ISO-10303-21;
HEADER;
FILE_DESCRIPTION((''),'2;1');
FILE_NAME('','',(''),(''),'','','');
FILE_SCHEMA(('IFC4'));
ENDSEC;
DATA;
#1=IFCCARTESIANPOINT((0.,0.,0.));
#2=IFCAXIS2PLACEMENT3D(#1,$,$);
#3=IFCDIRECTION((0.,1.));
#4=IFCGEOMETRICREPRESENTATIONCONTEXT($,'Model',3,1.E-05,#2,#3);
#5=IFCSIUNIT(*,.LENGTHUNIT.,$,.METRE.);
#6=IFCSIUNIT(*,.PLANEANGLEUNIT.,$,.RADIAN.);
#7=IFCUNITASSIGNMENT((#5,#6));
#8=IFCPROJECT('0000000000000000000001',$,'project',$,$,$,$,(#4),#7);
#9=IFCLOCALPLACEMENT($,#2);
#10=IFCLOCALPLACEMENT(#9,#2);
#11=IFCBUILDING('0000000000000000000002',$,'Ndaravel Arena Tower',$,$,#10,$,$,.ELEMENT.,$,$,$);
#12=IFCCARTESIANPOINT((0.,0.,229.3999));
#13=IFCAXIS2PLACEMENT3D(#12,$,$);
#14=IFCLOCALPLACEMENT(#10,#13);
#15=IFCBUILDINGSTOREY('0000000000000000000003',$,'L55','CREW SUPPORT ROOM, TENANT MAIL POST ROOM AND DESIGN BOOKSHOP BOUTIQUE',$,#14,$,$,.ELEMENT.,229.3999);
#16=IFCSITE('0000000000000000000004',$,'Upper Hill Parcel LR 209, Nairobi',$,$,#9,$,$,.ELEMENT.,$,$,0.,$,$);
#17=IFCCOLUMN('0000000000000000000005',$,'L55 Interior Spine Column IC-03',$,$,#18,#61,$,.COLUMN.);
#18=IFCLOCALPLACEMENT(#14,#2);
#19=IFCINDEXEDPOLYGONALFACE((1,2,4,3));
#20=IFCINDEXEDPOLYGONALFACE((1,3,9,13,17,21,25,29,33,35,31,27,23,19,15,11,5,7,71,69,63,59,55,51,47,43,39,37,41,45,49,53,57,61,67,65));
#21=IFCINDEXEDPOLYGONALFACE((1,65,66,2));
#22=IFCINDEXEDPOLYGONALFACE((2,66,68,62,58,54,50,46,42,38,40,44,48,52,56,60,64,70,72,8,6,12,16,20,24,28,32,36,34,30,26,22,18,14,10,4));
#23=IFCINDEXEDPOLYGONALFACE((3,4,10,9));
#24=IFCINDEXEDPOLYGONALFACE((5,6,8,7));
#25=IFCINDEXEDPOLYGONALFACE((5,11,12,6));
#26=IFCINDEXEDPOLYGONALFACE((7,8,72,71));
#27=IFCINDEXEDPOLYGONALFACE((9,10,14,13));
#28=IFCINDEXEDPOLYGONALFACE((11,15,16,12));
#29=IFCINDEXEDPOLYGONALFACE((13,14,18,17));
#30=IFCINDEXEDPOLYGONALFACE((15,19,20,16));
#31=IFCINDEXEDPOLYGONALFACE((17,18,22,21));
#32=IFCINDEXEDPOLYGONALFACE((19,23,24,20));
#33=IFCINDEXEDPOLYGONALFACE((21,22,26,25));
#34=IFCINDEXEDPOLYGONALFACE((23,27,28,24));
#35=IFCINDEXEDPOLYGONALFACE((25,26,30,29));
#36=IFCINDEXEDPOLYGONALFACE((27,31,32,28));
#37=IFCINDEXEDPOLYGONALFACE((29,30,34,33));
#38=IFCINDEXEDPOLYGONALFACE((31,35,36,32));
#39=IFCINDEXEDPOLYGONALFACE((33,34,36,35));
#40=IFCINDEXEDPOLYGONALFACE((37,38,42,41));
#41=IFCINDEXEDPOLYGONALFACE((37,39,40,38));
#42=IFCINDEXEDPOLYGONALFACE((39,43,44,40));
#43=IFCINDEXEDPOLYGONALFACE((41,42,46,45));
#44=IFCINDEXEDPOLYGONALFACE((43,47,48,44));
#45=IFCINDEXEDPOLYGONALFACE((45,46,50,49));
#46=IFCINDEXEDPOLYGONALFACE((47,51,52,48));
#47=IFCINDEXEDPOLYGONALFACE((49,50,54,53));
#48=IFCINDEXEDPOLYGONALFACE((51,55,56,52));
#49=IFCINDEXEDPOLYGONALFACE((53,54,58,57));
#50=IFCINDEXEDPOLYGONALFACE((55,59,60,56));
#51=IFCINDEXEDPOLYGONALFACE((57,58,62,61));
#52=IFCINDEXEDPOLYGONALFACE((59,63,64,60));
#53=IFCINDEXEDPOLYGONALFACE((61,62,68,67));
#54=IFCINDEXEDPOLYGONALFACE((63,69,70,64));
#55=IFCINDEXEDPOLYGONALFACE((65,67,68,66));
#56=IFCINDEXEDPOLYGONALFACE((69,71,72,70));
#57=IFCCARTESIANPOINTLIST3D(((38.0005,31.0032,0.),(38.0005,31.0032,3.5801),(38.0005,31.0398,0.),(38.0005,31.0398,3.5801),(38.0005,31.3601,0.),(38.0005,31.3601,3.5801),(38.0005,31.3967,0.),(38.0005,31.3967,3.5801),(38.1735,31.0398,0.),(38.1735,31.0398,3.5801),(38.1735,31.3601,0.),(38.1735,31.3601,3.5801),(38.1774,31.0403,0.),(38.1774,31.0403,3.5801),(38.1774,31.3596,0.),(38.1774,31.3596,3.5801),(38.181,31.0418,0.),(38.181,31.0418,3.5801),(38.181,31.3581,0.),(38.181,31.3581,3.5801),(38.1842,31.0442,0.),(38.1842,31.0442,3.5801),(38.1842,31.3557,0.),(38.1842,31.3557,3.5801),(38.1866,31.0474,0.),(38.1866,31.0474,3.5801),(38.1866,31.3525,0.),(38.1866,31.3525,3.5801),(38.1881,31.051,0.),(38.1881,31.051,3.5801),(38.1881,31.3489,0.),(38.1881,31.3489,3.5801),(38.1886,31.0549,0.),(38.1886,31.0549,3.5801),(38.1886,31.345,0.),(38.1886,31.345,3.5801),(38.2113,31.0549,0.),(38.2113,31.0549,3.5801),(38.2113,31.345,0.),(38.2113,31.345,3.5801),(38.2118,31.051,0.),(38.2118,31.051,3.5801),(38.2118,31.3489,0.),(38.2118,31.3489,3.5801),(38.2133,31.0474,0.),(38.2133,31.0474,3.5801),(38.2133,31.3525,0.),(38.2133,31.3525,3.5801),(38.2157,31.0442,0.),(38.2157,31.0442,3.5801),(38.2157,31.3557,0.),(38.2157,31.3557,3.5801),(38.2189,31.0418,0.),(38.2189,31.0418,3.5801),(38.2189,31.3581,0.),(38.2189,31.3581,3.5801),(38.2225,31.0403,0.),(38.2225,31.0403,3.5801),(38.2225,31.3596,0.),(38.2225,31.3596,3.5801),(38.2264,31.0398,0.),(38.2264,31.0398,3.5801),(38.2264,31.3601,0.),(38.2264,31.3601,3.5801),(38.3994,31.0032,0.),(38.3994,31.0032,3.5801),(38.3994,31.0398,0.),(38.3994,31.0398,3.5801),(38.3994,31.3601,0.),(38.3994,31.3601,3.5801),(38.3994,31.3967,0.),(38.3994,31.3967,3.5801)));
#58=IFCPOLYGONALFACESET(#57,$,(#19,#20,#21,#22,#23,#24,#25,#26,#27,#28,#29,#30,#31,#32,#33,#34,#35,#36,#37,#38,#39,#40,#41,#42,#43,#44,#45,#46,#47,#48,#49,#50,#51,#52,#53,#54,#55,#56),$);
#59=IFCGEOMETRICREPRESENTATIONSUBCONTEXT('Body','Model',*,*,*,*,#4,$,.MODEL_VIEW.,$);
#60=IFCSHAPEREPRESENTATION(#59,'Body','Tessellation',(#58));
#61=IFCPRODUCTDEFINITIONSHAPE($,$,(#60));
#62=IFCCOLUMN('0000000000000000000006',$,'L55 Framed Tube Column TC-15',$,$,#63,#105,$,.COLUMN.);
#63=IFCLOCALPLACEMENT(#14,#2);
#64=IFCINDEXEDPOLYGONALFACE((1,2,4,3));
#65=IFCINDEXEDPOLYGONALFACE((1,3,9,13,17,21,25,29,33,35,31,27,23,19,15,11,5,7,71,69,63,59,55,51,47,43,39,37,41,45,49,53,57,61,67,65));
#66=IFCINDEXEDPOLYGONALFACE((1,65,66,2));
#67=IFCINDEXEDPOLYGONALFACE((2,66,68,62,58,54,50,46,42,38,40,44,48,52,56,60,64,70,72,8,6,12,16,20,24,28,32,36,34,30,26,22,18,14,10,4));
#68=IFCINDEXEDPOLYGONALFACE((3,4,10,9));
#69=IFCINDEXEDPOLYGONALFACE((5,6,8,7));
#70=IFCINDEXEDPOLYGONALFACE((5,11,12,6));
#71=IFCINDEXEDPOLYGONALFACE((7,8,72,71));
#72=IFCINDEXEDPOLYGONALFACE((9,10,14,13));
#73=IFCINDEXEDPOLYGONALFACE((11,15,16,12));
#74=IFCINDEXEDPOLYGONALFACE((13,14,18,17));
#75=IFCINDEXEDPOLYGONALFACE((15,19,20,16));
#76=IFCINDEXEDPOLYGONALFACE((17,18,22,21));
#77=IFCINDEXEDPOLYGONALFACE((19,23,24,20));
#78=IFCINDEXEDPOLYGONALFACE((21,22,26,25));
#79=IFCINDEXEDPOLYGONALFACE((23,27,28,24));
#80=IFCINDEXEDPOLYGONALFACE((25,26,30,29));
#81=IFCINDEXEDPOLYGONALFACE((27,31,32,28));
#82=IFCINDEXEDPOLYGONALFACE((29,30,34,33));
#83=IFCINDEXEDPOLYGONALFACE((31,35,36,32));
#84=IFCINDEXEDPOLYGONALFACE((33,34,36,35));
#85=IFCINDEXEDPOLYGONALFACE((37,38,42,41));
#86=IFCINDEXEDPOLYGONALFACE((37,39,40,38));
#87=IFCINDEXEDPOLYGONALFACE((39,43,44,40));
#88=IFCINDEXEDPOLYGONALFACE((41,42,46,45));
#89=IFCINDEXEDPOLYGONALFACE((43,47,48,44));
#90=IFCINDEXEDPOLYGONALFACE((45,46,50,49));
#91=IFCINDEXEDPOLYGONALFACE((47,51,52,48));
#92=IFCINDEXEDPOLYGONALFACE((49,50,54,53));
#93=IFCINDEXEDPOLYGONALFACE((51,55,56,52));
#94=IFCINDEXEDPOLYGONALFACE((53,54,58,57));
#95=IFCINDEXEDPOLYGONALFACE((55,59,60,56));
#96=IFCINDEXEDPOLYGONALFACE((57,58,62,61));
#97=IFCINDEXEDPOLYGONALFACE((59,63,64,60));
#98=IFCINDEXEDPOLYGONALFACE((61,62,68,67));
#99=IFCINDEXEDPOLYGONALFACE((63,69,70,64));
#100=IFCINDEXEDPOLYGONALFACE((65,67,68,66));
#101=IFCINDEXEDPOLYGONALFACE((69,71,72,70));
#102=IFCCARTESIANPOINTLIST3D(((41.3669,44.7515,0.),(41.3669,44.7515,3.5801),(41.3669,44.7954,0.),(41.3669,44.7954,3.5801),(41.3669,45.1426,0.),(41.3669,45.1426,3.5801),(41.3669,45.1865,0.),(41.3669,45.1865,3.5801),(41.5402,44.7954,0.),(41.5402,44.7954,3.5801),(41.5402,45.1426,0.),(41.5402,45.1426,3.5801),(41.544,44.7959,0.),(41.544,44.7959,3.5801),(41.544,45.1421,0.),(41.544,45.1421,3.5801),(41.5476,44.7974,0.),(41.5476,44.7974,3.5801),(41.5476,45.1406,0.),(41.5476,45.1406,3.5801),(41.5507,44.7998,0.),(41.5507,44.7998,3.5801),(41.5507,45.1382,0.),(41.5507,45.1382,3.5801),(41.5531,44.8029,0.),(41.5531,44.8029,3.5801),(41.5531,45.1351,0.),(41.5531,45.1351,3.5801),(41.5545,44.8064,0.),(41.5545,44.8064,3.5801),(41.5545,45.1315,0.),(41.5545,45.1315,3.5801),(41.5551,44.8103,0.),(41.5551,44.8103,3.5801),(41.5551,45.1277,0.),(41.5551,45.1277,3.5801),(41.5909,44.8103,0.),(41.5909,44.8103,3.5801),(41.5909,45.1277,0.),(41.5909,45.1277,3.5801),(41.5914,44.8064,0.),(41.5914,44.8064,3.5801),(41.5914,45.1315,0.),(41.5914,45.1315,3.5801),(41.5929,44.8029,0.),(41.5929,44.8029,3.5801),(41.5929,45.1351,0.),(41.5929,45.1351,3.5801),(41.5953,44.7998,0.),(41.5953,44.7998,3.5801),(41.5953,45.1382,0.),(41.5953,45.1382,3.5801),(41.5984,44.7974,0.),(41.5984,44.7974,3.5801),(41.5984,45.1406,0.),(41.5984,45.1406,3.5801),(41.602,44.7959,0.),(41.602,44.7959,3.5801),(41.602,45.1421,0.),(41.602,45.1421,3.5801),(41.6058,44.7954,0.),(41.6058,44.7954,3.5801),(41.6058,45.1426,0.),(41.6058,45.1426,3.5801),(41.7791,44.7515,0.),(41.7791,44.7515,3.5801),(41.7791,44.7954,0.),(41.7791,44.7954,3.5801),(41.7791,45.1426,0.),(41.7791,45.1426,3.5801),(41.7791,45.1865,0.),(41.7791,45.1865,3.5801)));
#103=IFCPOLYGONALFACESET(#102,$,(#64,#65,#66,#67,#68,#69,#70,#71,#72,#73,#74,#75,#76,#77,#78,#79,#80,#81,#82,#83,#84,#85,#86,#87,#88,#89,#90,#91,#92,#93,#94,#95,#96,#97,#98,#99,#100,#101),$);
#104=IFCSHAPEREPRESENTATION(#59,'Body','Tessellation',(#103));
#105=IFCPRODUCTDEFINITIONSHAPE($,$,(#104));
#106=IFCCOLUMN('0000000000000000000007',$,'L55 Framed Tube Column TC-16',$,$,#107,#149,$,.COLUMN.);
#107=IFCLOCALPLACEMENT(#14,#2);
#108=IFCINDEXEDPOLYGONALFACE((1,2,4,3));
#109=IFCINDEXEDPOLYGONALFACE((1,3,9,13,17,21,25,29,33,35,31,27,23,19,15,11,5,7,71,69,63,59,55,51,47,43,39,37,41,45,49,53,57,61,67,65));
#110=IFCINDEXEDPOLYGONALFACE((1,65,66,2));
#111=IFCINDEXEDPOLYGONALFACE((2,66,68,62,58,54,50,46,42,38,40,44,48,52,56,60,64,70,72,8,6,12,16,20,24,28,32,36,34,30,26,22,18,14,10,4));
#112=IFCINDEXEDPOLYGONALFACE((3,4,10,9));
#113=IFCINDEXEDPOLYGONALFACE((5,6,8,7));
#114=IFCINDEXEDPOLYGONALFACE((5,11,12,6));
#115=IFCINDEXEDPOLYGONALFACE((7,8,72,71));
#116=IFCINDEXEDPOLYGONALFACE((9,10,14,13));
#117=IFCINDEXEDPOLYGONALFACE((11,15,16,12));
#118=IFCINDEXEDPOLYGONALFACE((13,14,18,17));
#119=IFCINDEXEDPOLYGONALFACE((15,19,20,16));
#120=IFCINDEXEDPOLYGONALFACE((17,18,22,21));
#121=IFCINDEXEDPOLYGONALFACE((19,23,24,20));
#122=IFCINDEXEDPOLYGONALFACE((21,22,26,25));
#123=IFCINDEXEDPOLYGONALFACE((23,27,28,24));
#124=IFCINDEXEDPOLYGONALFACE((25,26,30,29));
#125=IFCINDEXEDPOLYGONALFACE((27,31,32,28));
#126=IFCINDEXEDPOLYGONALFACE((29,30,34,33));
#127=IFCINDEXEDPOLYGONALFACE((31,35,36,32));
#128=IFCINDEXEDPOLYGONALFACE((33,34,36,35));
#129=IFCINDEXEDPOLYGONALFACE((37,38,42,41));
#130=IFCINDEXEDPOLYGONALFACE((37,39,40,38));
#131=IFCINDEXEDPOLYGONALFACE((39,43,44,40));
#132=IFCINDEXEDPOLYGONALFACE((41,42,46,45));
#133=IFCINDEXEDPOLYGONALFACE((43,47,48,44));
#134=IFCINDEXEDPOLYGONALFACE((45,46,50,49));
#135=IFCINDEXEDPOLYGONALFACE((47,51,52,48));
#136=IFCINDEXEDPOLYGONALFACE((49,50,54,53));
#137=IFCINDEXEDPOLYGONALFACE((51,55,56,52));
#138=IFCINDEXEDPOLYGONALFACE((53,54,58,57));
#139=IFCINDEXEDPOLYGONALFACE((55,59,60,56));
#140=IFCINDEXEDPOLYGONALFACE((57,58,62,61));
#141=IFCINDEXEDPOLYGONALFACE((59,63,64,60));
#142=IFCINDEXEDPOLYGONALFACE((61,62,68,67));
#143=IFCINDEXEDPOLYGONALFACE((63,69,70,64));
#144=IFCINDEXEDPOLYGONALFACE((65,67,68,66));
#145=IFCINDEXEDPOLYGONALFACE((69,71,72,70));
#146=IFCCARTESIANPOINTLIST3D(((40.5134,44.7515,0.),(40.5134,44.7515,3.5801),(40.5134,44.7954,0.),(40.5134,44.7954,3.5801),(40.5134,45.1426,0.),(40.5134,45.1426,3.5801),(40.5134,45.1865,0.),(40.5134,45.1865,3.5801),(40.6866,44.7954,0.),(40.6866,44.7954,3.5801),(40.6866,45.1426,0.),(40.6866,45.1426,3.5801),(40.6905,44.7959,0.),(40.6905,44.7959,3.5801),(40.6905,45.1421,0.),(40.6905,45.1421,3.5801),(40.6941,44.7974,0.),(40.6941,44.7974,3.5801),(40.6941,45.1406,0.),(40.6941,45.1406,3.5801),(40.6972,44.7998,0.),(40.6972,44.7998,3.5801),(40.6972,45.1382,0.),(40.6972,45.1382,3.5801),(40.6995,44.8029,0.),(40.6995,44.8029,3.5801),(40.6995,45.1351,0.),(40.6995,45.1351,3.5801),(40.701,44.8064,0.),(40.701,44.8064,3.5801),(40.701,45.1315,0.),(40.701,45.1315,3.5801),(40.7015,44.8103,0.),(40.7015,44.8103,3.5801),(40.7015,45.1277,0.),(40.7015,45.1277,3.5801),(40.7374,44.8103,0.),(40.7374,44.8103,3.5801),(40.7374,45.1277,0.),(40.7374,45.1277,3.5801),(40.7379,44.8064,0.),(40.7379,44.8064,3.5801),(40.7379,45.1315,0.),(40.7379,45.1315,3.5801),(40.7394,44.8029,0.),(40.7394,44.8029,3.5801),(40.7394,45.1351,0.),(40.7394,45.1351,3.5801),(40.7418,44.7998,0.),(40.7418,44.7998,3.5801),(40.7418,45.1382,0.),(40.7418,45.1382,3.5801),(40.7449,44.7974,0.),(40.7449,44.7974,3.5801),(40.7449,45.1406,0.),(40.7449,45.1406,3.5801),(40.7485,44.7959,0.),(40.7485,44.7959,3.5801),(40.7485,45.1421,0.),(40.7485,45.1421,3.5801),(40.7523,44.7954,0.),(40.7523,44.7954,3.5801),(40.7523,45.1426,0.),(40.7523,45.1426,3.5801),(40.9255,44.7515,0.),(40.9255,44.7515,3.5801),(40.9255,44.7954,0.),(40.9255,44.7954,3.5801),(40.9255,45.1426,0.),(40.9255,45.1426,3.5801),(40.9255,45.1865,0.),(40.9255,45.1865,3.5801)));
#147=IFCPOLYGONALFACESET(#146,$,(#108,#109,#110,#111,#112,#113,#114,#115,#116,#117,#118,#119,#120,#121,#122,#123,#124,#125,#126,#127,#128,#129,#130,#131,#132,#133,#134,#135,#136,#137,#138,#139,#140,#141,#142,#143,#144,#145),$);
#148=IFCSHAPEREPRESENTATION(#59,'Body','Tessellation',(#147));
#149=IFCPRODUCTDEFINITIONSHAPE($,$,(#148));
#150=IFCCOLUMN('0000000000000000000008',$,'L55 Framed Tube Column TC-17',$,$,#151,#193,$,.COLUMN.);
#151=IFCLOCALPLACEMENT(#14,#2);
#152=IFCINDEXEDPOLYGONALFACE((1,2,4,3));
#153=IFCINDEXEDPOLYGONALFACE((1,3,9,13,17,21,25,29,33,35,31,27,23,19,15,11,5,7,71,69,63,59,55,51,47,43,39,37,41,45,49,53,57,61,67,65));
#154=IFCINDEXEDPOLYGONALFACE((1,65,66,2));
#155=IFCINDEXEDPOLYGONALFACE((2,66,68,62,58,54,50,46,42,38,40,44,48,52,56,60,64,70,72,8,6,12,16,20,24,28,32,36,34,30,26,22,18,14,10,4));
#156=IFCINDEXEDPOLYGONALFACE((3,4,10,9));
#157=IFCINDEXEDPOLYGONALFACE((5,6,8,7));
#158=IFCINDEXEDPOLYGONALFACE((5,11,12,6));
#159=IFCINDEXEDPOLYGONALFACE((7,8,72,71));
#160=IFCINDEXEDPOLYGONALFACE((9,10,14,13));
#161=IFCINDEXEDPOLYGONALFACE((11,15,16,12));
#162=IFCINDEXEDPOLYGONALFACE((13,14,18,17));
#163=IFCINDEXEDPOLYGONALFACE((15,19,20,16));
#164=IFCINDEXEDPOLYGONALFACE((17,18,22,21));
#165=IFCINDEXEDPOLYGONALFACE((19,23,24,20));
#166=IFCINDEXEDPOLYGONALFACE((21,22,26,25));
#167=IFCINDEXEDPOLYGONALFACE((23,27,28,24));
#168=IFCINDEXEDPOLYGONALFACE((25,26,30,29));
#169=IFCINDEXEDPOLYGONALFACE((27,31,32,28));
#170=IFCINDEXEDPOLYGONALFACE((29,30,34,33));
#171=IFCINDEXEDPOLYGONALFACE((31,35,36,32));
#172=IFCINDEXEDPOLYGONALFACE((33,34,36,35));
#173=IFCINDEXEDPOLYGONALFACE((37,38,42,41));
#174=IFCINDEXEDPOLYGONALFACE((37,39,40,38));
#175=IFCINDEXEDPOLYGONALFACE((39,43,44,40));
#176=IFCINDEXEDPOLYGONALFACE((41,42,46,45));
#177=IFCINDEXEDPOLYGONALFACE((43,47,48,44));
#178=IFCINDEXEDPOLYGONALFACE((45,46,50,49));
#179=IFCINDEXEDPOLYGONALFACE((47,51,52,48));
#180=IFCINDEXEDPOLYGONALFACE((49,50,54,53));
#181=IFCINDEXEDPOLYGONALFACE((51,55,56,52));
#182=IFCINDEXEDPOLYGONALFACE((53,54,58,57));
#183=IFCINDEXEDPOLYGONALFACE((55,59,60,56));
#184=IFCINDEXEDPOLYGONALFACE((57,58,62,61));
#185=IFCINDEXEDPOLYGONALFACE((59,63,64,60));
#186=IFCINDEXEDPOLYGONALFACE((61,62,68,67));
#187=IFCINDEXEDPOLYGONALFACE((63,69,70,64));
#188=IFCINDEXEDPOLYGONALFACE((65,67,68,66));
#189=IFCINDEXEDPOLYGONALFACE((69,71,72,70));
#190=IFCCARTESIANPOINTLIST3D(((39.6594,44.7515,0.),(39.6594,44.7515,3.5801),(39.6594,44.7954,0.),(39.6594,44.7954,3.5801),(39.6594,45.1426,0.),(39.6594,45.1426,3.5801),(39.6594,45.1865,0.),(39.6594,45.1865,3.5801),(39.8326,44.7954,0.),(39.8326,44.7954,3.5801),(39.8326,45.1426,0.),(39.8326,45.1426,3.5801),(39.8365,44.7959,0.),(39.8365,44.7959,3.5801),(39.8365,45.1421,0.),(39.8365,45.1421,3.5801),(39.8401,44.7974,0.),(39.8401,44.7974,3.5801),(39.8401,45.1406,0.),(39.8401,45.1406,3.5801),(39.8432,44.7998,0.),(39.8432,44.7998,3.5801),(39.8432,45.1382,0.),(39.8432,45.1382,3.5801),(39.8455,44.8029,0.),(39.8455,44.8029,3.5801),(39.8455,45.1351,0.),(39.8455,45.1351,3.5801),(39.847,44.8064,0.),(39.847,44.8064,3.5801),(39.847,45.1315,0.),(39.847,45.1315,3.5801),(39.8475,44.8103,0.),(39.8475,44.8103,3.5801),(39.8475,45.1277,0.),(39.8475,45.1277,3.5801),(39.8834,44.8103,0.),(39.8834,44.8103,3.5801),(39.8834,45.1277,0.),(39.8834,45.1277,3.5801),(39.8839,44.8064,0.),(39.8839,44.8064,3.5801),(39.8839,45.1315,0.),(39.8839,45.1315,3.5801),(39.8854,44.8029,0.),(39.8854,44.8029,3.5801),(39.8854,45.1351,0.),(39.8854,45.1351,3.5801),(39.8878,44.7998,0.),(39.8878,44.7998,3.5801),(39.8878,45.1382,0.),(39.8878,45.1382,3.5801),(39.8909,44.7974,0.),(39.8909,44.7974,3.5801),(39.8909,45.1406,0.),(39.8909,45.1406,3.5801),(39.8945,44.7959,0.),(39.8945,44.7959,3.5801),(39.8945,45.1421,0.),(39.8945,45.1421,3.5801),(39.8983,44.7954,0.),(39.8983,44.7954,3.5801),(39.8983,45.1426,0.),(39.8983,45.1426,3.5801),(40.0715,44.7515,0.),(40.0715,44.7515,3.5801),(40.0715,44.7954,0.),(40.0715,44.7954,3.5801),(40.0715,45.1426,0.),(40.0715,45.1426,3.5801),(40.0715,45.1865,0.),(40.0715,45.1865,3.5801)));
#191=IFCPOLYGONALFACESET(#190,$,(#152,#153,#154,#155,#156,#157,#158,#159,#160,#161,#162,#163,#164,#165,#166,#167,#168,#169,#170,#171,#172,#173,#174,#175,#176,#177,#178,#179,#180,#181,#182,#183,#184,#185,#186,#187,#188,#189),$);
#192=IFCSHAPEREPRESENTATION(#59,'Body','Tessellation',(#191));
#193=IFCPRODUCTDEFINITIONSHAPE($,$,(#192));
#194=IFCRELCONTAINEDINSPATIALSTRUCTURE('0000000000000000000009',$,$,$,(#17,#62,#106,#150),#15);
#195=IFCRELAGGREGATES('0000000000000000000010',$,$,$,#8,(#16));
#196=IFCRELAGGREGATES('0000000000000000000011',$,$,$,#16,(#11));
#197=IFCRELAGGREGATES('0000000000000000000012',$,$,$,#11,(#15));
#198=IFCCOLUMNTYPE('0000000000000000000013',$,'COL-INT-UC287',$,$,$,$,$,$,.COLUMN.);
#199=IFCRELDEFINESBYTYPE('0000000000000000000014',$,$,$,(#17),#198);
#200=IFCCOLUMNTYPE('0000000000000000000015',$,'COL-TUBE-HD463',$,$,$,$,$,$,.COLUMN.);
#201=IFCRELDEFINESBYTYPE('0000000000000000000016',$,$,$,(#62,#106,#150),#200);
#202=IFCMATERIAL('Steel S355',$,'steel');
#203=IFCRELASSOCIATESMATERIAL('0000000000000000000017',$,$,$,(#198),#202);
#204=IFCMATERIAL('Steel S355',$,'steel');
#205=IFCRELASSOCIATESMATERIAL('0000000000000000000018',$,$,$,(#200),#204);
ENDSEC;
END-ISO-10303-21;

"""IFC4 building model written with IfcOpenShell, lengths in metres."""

from ifc_helpers import new_model, si_unit, direction, frame, origin, origin_2d, place, context, subcontext, project, spatial, i_section, extrude, material, material_profile, profile_set, type_object, element, save


model = new_model("IFC4")

# Units and contexts
model_context = context("Model", 3, precision=1e-05, world=origin(), true_north=direction((0.0, 1.0)))
body_context = subcontext(model_context, "Body", "Model", "MODEL_VIEW")
ifc_project = project(units=[si_unit("LENGTHUNIT", "METRE"), si_unit("PLANEANGLEUNIT", "RADIAN")], contexts=[model_context])

# Site, building, storey
site_placement = place(None, origin())
site = spatial("IfcSite", under=ifc_project, at=site_placement, Name="Upper Hill Parcel LR 209, Nairobi", CompositionType="ELEMENT", RefElevation=0.0)
building_placement = place(site_placement, origin())
building = spatial("IfcBuilding", under=site, at=building_placement, Name="Ndaravel Arena Tower", CompositionType="ELEMENT")
storey_placement = place(building_placement, frame((0.0, 0.0, 229.3999)))
storey = spatial("IfcBuildingStorey", under=building, at=storey_placement, Name="L55", Description="CREW SUPPORT ROOM, TENANT MAIL POST ROOM AND DESIGN BOOKSHOP BOUTIQUE", CompositionType="ELEMENT", Elevation=229.3999)

# Columns
ifc_material_1 = material(Name="Steel S355", Category="steel")
ifc_material_profile_1 = material_profile(ifc_material_1, i_section(OverallWidth=0.3989, OverallDepth=0.3936, WebThickness=0.0227, FlangeThickness=0.0366, FilletRadius=0.0151, at=origin_2d()), Name="UC 356x406x287")
ifc_profile_set_1 = profile_set([ifc_material_profile_1], Name="Steel S355")
column_type_1 = type_object("IfcColumnType", Name="COL-INT-UC287", PredefinedType="COLUMN", material=ifc_profile_set_1)
column_placement = place(storey_placement, frame((38.2, 31.2, 0.0), z_axis=(0.0, 0.0, 1.0), x_axis=(1.0, 0.0, 0.0)))
element("IfcColumn", 1, at=column_placement, inside=storey, type_object=column_type_1, Name="L55 Interior Spine Column IC-03", PredefinedType="COLUMN", context=body_context, shape_type="SweptSolid", body=[
    extrude(i_section(OverallWidth=0.3989, OverallDepth=0.3936, WebThickness=0.0227, FlangeThickness=0.0366, FilletRadius=0.0151, at=origin_2d()), origin(), (0.0, 0.0, 1.0), 3.5801),
])
ifc_material_2 = material(Name="Steel S355", Category="steel")
ifc_material_profile_2 = material_profile(ifc_material_2, i_section(OverallWidth=0.4121, OverallDepth=0.4351, WebThickness=0.0359, FlangeThickness=0.0439, FilletRadius=0.0149, at=origin_2d()), Name="HD 400x463")
ifc_profile_set_2 = profile_set([ifc_material_profile_2], Name="Steel S355")
column_type_2 = type_object("IfcColumnType", Name="COL-TUBE-HD463", PredefinedType="COLUMN", material=ifc_profile_set_2)
for number, where, z_axis, x_axis, name in (
    (2, (41.573, 44.969, 0.0), (0.0, 0.0, 1.0), (1.0, 0.0, 0.0), "L55 Framed Tube Column TC-15"),
    (3, (40.7195, 44.969, 0.0), (0.0, 0.0, 1.0), (1.0, 0.0, 0.0), "L55 Framed Tube Column TC-16"),
    (4, (39.8655, 44.969, 0.0), (0.0, 0.0, 1.0), (1.0, 0.0, 0.0), "L55 Framed Tube Column TC-17"),
):
    element("IfcColumn", number, at=place(storey_placement, frame(where, z_axis=z_axis, x_axis=x_axis)), inside=storey, type_object=column_type_2, Name=name, PredefinedType="COLUMN", context=body_context, shape_type="SweptSolid", body=[
        extrude(i_section(OverallWidth=0.4121, OverallDepth=0.4351, WebThickness=0.0359, FlangeThickness=0.0439, FilletRadius=0.0149, at=origin_2d()), origin(), (0.0, 0.0, 1.0), 3.5801),
    ])

save(model, "model.ifc")
